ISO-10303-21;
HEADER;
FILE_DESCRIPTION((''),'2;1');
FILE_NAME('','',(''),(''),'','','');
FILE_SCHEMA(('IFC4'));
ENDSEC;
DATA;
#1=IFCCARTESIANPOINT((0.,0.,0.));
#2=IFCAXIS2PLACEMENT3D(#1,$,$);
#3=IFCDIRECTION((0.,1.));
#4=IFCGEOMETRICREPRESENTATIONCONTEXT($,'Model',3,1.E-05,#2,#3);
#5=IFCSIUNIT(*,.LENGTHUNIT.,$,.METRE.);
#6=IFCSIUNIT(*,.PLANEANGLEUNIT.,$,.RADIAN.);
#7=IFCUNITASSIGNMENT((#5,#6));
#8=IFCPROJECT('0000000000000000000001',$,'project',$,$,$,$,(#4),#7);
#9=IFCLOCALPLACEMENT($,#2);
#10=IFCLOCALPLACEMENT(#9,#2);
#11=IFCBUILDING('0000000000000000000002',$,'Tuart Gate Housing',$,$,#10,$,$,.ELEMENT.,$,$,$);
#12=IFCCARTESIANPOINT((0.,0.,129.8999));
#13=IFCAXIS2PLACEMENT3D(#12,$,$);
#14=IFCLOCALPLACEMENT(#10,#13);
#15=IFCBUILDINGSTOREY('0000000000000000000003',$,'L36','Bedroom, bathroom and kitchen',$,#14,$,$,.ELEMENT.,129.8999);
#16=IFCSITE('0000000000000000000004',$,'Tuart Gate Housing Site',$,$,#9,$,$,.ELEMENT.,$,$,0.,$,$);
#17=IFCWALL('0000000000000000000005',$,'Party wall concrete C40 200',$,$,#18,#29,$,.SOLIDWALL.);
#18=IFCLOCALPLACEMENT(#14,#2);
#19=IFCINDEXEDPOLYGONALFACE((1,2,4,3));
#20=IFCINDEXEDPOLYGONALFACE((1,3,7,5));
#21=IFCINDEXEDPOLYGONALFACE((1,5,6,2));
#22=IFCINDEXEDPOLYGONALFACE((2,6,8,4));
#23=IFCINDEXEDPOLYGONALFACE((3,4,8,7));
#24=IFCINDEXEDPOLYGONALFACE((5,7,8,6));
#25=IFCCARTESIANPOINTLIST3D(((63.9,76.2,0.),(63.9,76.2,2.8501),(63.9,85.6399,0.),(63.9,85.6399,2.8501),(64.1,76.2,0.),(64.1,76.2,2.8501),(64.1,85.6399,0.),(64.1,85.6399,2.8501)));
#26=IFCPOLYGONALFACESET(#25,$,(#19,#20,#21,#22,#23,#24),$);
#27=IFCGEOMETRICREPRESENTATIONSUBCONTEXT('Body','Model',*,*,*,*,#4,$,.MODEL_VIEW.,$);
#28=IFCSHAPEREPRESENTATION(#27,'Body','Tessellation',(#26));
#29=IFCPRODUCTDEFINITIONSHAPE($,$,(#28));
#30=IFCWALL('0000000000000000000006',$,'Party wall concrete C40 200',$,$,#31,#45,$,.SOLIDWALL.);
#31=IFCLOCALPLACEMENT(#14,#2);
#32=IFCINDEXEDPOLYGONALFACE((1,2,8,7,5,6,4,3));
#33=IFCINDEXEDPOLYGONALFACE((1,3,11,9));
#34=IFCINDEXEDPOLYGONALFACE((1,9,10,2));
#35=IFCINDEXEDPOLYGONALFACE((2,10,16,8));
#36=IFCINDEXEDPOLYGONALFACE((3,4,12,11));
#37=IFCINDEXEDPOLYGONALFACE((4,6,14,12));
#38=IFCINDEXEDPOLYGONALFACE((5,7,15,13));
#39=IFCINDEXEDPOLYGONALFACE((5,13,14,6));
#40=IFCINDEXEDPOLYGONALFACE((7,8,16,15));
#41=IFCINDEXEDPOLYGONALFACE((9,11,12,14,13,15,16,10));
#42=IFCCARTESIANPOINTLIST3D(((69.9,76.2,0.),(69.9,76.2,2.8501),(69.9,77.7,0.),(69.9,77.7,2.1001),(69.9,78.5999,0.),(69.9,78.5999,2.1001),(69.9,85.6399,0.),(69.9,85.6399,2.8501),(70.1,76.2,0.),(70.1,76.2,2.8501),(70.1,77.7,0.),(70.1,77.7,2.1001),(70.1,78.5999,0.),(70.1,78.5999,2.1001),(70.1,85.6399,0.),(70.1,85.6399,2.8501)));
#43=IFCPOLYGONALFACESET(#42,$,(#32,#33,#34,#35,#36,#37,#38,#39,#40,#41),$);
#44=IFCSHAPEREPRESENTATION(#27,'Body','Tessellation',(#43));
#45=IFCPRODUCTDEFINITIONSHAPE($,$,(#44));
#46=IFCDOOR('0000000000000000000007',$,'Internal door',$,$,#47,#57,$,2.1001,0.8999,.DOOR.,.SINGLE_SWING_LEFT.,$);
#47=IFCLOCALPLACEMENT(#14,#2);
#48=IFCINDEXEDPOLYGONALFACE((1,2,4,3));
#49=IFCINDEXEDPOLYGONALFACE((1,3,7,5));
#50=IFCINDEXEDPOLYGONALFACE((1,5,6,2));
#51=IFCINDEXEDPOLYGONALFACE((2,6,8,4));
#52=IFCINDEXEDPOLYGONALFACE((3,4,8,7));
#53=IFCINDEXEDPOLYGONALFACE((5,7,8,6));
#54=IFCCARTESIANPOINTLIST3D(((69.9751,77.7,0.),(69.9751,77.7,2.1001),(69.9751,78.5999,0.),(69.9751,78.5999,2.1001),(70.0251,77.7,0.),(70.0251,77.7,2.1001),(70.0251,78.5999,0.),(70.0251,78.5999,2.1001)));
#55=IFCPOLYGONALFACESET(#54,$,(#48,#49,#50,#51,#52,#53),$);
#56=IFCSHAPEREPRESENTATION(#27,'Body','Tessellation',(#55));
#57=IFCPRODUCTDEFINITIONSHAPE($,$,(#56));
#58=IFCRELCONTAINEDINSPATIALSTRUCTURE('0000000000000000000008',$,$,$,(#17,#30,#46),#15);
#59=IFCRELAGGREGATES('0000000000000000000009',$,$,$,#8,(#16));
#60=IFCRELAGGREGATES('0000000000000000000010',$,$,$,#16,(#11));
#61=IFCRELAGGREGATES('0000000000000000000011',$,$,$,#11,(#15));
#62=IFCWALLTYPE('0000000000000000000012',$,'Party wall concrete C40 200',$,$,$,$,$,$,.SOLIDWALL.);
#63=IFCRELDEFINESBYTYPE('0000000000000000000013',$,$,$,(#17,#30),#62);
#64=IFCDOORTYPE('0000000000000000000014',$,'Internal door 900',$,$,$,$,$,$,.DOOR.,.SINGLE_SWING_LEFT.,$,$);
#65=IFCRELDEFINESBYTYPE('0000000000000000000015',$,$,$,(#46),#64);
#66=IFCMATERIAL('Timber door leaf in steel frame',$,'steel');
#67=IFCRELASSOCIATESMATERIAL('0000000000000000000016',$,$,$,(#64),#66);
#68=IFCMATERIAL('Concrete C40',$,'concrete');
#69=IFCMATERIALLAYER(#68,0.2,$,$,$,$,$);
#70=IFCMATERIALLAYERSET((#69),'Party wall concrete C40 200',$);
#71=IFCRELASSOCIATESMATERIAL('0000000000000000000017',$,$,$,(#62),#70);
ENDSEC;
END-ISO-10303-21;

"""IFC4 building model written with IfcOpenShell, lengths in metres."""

from ifc_helpers import new_model, si_unit, direction, frame, frame_2d, origin, place, context, subcontext, project, spatial, rectangle, extrude, material, layer, layer_set, type_object, element, fill, save


model = new_model("IFC4")

# Units and contexts
model_context = context("Model", 3, precision=1e-05, world=origin(), true_north=direction((0.0, 1.0)))
body_context = subcontext(model_context, "Body", "Model", "MODEL_VIEW")
ifc_project = project(units=[si_unit("LENGTHUNIT", "METRE"), si_unit("PLANEANGLEUNIT", "RADIAN")], contexts=[model_context])

# Site, building, storey
site_placement = place(None, origin())
site = spatial("IfcSite", under=ifc_project, at=site_placement, Name="Tuart Gate Housing Site", CompositionType="ELEMENT", RefElevation=0.0)
building_placement = place(site_placement, origin())
building = spatial("IfcBuilding", under=site, at=building_placement, Name="Tuart Gate Housing", CompositionType="ELEMENT")
storey_placement = place(building_placement, frame((0.0, 0.0, 129.8999)))
storey = spatial("IfcBuildingStorey", under=building, at=storey_placement, Name="L36", Description="Bedroom, bathroom and kitchen", CompositionType="ELEMENT", Elevation=129.8999)

# Shared definitions
ifc_material_1 = material(Name="Timber door leaf in steel frame", Category="steel")
door_type_1 = type_object("IfcDoorType", Name="Internal door 900", OperationType="SINGLE_SWING_LEFT", PredefinedType="DOOR", material=ifc_material_1)

# Shared definitions
ifc_material_2 = material(Name="Concrete C40", Category="concrete")
ifc_layer_1 = layer(ifc_material_2, 0.2)
ifc_layer_set_1 = layer_set([ifc_layer_1], Name="Party wall concrete C40 200")
wall_type_1 = type_object("IfcWallType", Name="Party wall concrete C40 200", PredefinedType="SOLIDWALL", material=ifc_layer_set_1)

# Wall
wall_1_placement = place(storey_placement, frame((64.0, 76.2, 0.0), z_axis=(0.0, 0.0, 1.0), x_axis=(0.0, 1.0, 0.0)))
element("IfcWall", 1, at=wall_1_placement, inside=storey, type_object=wall_type_1, Name="Party wall concrete C40 200", PredefinedType="SOLIDWALL", context=body_context, shape_type="SweptSolid", body=[
    extrude(rectangle(XDim=9.4399, YDim=0.2, at=frame_2d((4.72, 0.0))), origin(), (0.0, 0.0, 1.0), 2.8501),
])

# Wall, opening, door
wall_2_placement = place(storey_placement, frame((70.0, 76.2, 0.0), z_axis=(0.0, 0.0, 1.0), x_axis=(0.0, 1.0, 0.0)))
wall_2 = element("IfcWall", 2, at=wall_2_placement, inside=storey, type_object=wall_type_1, Name="Party wall concrete C40 200", PredefinedType="SOLIDWALL", context=body_context, shape_type="SweptSolid", body=[
    extrude(rectangle(XDim=9.4399, YDim=0.2, at=frame_2d((4.72, 0.0))), origin(), (0.0, 0.0, 1.0), 2.8501),
])
opening_1_placement = place(wall_2_placement, frame((1.5, 0.0, 0.0)))
opening_1 = element("IfcOpeningElement", 3, at=opening_1_placement, cuts=wall_2, PredefinedType="OPENING", context=body_context, shape_type="SweptSolid", body=[
    extrude(rectangle(XDim=0.8999, YDim=2.1001, at=frame_2d((0.45, 1.05))), frame((0.0, 0.1099, 0.0), z_axis=(0.0, -1.0, 0.0), x_axis=(1.0, 0.0, 0.0)), (0.0, 0.0, 1.0), 0.22),
])
door_1_placement = place(opening_1_placement, origin())
door_1 = element("IfcDoor", 4, at=door_1_placement, inside=storey, type_object=door_type_1, Name="Internal door", OperationType="SINGLE_SWING_LEFT", OverallHeight=2.1001, OverallWidth=0.8999, PredefinedType="DOOR", context=body_context, shape_type="SweptSolid", body=[
    extrude(rectangle(XDim=0.8999, YDim=2.1001, at=frame_2d((0.45, 1.05))), frame((0.0, 0.0249, 0.0), z_axis=(0.0, -1.0, 0.0), x_axis=(1.0, 0.0, 0.0)), (0.0, 0.0, 1.0), 0.05),
])
fill(opening_1, door_1)

save(model, "model.ifc")
